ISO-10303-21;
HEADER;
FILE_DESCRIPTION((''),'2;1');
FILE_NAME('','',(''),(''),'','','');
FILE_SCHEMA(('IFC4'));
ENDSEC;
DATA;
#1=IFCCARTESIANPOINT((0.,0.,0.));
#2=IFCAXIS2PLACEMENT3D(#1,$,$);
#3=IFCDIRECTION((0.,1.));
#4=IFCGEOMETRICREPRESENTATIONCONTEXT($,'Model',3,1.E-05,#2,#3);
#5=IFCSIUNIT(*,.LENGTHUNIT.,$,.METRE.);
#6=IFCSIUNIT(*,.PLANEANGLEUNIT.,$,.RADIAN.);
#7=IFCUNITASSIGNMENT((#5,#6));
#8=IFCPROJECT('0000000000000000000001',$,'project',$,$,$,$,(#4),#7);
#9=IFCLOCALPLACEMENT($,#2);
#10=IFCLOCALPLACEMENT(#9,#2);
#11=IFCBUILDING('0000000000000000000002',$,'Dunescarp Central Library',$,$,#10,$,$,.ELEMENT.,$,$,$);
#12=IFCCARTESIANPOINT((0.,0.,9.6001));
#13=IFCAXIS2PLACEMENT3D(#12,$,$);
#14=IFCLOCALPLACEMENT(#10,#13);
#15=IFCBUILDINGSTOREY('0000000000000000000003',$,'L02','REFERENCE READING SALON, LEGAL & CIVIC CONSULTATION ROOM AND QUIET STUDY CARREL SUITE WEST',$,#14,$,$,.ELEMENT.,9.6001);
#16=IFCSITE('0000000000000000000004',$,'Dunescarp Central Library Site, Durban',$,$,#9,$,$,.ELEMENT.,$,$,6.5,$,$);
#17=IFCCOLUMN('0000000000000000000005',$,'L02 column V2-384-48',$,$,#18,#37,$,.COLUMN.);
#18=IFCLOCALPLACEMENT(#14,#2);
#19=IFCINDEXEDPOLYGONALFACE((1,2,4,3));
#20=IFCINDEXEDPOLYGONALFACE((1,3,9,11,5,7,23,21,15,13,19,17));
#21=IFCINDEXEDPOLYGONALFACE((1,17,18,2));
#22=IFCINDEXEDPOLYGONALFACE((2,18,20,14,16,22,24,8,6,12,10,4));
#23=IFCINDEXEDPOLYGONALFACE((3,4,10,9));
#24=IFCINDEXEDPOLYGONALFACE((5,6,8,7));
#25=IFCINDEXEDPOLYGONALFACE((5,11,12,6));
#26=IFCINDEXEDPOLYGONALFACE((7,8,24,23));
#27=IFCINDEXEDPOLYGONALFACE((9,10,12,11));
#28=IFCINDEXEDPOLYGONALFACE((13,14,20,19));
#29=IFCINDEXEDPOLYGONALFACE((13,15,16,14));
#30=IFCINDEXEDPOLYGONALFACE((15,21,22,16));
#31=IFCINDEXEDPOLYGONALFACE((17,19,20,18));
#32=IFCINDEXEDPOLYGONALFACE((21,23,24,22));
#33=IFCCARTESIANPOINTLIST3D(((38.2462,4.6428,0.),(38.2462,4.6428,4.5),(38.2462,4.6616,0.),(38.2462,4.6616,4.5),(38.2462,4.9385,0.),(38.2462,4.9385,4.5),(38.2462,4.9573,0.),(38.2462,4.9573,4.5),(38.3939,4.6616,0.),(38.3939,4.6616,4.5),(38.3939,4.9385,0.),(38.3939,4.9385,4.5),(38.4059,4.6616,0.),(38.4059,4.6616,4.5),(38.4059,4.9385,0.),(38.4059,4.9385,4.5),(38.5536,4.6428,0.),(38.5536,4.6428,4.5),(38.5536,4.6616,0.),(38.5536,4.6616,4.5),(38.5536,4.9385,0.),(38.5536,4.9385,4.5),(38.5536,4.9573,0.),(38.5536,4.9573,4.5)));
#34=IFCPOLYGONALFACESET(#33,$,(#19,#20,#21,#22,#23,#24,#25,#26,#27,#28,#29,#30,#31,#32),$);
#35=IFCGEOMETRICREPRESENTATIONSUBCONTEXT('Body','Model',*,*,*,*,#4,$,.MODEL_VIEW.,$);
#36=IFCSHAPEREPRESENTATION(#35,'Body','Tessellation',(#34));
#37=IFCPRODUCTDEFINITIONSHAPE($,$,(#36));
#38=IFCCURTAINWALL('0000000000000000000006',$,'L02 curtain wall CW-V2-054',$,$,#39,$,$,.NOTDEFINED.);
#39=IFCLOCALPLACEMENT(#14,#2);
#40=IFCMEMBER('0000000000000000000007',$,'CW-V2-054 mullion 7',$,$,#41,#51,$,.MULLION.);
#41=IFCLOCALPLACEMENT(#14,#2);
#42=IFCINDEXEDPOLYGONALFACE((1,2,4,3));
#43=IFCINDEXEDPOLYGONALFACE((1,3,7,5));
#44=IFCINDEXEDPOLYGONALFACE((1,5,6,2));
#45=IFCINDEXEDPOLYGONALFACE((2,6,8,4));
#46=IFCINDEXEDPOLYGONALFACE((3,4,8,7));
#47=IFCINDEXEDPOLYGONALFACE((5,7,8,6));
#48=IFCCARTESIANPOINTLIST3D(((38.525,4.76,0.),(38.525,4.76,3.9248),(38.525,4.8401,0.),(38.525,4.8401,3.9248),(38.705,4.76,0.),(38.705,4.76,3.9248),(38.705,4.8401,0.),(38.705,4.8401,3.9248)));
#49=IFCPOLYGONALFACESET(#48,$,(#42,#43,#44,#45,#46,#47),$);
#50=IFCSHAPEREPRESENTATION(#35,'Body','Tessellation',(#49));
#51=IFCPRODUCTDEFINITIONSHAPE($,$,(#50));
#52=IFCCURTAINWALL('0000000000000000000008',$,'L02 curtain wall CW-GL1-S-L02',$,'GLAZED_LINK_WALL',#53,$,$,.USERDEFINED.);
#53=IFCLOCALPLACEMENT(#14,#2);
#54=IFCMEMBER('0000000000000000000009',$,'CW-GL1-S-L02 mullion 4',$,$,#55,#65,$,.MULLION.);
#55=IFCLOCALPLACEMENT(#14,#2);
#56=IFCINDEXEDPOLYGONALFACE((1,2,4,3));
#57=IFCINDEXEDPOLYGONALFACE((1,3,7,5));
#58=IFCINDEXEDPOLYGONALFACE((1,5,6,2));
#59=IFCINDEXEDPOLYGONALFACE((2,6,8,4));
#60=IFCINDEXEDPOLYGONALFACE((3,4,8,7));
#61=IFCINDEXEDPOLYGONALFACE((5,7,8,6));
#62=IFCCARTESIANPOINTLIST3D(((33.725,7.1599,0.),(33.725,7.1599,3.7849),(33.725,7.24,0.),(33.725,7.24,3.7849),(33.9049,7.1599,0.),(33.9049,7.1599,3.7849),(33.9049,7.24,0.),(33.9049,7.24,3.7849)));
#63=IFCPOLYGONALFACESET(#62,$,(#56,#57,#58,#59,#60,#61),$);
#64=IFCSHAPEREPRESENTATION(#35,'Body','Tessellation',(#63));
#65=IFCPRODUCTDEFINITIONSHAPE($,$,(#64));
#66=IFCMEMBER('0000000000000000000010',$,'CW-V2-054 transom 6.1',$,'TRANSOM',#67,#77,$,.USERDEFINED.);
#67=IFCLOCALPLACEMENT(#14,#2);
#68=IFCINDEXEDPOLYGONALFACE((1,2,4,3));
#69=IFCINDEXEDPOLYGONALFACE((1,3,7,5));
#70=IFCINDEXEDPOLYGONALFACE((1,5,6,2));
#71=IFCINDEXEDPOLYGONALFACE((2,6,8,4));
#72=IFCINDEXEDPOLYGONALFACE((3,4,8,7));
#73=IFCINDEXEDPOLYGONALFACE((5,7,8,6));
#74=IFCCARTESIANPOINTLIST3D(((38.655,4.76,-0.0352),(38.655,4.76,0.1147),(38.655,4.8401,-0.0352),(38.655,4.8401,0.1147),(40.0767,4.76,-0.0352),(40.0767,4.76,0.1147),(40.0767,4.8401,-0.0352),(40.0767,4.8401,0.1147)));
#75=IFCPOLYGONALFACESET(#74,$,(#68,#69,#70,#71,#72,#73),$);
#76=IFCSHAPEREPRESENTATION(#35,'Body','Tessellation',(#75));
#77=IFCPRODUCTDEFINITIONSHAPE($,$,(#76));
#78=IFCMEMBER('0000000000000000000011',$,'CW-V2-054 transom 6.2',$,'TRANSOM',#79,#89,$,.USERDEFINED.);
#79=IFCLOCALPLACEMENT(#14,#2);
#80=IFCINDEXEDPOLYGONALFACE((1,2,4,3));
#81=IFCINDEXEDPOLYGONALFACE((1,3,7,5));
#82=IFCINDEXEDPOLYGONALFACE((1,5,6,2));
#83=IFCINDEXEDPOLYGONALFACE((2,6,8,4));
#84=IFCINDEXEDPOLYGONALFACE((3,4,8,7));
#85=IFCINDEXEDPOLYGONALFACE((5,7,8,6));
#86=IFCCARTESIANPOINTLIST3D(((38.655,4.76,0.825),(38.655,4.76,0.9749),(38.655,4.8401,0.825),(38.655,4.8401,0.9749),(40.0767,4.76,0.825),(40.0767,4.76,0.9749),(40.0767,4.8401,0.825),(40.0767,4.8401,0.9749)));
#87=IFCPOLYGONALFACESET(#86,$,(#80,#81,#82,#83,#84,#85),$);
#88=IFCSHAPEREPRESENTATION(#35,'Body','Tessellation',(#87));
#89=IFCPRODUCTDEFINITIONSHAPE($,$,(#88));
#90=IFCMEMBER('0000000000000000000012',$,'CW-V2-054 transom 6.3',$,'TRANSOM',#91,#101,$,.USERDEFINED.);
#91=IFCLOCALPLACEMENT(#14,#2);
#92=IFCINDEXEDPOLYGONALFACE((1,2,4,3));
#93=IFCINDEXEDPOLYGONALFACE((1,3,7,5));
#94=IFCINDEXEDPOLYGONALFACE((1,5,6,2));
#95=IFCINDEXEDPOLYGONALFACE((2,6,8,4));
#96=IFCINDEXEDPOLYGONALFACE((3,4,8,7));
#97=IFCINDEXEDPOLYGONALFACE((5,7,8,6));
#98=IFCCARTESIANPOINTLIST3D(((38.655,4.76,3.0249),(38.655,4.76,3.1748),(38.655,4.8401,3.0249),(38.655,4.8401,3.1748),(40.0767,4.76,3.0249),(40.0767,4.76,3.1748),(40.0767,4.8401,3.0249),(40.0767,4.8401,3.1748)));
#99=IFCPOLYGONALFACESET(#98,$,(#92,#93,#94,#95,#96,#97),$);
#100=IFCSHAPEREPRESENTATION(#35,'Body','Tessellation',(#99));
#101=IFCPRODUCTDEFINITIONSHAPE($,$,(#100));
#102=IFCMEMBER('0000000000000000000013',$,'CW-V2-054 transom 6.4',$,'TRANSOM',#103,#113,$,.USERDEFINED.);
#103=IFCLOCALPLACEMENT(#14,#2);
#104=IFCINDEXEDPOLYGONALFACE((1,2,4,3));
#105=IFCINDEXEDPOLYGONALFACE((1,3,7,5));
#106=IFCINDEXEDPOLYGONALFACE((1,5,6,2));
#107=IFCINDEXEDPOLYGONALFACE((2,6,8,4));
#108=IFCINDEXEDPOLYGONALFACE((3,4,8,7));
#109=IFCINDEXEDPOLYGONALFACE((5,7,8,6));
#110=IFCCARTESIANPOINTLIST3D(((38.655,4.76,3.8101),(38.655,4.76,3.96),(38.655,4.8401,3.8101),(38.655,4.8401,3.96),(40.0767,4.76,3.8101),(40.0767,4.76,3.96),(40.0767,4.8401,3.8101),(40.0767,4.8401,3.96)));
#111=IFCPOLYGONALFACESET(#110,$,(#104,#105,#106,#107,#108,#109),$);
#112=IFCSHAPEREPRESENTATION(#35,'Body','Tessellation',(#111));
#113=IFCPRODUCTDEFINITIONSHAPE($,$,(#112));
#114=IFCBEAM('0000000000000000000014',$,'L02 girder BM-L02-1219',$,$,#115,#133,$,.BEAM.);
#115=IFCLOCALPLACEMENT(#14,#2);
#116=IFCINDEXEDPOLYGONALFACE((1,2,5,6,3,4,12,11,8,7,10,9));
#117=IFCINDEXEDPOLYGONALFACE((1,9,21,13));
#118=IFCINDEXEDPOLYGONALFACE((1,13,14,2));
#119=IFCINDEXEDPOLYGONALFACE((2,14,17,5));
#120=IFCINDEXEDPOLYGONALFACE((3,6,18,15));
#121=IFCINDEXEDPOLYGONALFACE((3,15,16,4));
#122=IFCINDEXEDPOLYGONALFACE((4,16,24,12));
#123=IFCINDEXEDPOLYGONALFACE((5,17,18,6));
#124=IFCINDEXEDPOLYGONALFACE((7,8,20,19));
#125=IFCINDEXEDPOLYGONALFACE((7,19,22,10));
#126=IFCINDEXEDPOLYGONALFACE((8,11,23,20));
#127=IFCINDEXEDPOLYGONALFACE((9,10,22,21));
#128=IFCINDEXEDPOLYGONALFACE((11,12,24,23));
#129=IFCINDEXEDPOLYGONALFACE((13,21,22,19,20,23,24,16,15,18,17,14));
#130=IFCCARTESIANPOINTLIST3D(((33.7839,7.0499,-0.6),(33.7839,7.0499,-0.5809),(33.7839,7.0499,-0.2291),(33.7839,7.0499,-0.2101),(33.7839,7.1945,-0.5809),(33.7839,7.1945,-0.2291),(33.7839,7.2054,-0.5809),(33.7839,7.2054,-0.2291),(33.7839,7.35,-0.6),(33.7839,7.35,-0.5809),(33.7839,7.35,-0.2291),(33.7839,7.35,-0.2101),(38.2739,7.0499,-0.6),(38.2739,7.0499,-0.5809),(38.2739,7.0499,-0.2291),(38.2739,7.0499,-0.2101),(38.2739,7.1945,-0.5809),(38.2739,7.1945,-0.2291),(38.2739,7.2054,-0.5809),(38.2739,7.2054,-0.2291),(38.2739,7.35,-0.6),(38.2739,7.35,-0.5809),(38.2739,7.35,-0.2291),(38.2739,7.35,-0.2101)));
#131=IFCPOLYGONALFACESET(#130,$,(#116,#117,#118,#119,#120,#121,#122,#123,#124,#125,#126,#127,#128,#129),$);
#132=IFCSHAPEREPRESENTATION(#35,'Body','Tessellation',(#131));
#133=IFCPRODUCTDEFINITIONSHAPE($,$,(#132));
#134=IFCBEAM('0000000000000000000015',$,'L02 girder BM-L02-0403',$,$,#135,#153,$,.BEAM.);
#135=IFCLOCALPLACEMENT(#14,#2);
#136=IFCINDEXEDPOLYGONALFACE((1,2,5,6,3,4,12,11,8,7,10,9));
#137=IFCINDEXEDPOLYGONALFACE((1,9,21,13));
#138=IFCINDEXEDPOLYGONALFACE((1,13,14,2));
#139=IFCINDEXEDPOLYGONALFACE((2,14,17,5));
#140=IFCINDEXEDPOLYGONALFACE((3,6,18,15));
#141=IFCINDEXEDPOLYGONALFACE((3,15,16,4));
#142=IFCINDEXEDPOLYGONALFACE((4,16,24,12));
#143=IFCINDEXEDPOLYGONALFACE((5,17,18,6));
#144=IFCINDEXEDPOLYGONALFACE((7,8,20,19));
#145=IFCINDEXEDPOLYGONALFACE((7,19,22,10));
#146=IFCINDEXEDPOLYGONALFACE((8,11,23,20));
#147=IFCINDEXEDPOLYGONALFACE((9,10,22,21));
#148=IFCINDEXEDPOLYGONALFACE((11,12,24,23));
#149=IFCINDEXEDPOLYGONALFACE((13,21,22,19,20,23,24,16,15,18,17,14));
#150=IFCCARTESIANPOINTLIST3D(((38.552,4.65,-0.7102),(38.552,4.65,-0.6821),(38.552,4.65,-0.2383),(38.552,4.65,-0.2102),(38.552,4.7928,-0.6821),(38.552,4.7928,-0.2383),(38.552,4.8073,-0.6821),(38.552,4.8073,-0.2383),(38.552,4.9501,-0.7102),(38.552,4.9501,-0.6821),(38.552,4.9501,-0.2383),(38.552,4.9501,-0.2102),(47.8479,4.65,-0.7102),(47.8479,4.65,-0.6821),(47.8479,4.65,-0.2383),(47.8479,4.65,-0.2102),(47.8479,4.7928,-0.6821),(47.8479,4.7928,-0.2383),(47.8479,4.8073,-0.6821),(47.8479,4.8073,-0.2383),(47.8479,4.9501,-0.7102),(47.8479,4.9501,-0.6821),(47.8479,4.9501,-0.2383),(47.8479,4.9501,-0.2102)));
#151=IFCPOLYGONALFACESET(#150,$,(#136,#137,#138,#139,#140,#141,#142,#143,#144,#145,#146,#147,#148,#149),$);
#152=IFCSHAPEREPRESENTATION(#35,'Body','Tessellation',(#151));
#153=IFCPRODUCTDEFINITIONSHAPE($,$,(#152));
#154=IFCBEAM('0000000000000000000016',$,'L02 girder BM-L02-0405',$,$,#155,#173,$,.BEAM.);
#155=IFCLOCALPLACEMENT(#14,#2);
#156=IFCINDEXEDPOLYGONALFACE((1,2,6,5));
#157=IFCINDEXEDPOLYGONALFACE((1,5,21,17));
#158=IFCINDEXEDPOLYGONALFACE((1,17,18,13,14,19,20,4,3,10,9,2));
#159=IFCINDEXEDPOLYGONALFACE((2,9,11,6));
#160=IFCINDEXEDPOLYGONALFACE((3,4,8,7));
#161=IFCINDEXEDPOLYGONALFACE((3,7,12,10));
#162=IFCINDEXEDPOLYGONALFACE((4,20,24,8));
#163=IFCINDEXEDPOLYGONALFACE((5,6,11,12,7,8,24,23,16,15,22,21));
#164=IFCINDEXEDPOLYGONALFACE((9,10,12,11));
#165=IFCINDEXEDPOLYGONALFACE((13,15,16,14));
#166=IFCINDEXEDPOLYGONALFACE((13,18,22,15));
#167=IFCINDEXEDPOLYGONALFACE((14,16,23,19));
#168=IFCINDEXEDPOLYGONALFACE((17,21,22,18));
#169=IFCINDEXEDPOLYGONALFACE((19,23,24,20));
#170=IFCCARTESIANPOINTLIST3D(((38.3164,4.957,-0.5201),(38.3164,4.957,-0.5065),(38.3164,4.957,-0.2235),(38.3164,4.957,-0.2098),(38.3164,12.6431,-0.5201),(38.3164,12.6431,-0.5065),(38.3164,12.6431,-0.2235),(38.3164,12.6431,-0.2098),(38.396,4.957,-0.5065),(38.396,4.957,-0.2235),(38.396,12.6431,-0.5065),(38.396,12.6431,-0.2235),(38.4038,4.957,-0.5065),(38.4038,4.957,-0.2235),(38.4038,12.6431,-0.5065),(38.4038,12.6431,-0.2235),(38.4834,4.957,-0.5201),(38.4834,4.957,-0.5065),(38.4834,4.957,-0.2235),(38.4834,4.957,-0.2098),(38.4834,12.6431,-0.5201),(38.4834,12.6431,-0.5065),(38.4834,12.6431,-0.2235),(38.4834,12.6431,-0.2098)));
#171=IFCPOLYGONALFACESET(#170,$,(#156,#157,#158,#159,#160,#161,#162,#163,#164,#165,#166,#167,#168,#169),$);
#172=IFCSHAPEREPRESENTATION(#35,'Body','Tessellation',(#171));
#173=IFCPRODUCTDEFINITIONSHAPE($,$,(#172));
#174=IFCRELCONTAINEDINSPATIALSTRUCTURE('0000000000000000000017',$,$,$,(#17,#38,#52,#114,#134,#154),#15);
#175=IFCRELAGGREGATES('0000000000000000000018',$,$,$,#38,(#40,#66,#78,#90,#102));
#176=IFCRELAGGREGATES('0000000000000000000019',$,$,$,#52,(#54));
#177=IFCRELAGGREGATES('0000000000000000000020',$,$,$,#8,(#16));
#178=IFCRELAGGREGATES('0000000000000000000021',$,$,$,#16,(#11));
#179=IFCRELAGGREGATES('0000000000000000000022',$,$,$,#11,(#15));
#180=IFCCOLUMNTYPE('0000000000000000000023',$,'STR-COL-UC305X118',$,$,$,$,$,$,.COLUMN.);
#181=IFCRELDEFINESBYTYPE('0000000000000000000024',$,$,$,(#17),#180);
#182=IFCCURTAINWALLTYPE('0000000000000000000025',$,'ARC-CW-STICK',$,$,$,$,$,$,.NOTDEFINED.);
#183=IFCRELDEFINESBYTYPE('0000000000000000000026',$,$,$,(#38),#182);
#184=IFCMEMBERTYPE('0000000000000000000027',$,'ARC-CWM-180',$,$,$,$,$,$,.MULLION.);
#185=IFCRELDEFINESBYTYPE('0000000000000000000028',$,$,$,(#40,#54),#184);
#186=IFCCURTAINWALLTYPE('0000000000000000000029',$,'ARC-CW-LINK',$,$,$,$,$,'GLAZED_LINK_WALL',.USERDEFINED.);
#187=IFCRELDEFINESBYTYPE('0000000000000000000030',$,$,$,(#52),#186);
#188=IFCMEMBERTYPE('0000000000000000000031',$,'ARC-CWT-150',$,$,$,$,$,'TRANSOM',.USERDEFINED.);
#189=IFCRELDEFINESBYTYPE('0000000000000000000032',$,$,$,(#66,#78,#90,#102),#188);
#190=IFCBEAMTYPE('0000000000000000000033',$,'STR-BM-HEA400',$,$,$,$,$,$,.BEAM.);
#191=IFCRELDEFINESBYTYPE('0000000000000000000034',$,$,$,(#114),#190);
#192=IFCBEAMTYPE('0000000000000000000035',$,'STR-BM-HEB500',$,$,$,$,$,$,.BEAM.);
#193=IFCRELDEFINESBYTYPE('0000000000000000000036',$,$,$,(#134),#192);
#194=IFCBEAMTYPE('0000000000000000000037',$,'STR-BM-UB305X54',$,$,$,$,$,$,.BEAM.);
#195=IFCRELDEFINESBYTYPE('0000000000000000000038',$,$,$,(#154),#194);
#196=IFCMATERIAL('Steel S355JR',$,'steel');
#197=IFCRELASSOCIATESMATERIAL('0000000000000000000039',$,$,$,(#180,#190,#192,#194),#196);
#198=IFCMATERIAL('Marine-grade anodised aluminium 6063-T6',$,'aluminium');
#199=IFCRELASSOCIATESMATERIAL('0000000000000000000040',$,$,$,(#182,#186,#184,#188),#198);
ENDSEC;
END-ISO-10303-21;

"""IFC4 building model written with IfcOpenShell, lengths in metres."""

from ifc_helpers import new_model, si_unit, direction, frame, origin, origin_2d, place, context, subcontext, project, spatial, rectangle, i_section, extrude, material, material_profile, profile_set, type_object, element, aggregate, save


model = new_model("IFC4")

# Units and contexts
model_context = context("Model", 3, precision=1e-05, world=origin(), true_north=direction((0.0, 1.0)))
body_context = subcontext(model_context, "Body", "Model", "MODEL_VIEW")
ifc_project = project(units=[si_unit("LENGTHUNIT", "METRE"), si_unit("PLANEANGLEUNIT", "RADIAN")], contexts=[model_context])

# Site, building, storey
site_placement = place(None, origin())
site = spatial("IfcSite", under=ifc_project, at=site_placement, Name="Dunescarp Central Library Site, Durban", CompositionType="ELEMENT", RefElevation=6.5)
building_placement = place(site_placement, origin())
building = spatial("IfcBuilding", under=site, at=building_placement, Name="Dunescarp Central Library", CompositionType="ELEMENT")
storey_placement = place(building_placement, frame((0.0, 0.0, 9.6001)))
storey = spatial("IfcBuildingStorey", under=building, at=storey_placement, Name="L02", Description="REFERENCE READING SALON, LEGAL & CIVIC CONSULTATION ROOM AND QUIET STUDY CARREL SUITE WEST", CompositionType="ELEMENT", Elevation=9.6001)

# Column
ifc_material_1 = material(Name="Steel S355JR", Category="steel")
ifc_material_profile_1 = material_profile(ifc_material_1, i_section(OverallWidth=0.3074, OverallDepth=0.3145, WebThickness=0.012, FlangeThickness=0.0188, at=origin_2d()), Name="UC 305x305x118")
ifc_profile_set_1 = profile_set([ifc_material_profile_1], Name="Steel S355JR")
column_type = type_object("IfcColumnType", Name="STR-COL-UC305X118", PredefinedType="COLUMN", material=ifc_profile_set_1)
column_placement = place(storey_placement, frame((38.3999, 4.8, 0.0), z_axis=(0.0, 0.0, 1.0), x_axis=(1.0, 0.0, 0.0)))
element("IfcColumn", 1, at=column_placement, inside=storey, type_object=column_type, Name="L02 column V2-384-48", PredefinedType="COLUMN", context=body_context, shape_type="SweptSolid", body=[
    extrude(i_section(OverallWidth=0.3074, OverallDepth=0.3145, WebThickness=0.012, FlangeThickness=0.0188, at=origin_2d()), origin(), (0.0, 0.0, 1.0), 4.5),
])

# Curtain walls, members
ifc_material_2 = material(Name="Marine-grade anodised aluminium 6063-T6", Category="aluminium")
curtain_wall_type_1 = type_object("IfcCurtainWallType", Name="ARC-CW-STICK", PredefinedType="NOTDEFINED", material=ifc_material_2)
curtain_wall_1_placement = place(storey_placement, origin())
curtain_wall_1 = element("IfcCurtainWall", 2, at=curtain_wall_1_placement, inside=storey, type_object=curtain_wall_type_1, Name="L02 curtain wall CW-V2-054", PredefinedType="NOTDEFINED")
ifc_material_profile_2 = material_profile(ifc_material_2, rectangle(XDim=0.0801, YDim=0.1799, at=origin_2d()), Name="AL 80x180")
ifc_profile_set_2 = profile_set([ifc_material_profile_2], Name="Marine-grade anodised aluminium 6063-T6")
member_type_1 = type_object("IfcMemberType", Name="ARC-CWM-180", PredefinedType="MULLION", material=ifc_profile_set_2)
member_1_placement = place(storey_placement, frame((38.615, 4.8, 0.0), z_axis=(0.0, 0.0, 1.0), x_axis=(0.0, -1.0, 0.0)))
member_1 = element("IfcMember", 3, at=member_1_placement, type_object=member_type_1, Name="CW-V2-054 mullion 7", PredefinedType="MULLION", context=body_context, shape_type="SweptSolid", body=[
    extrude(rectangle(XDim=0.0801, YDim=0.1799, at=origin_2d()), origin(), (0.0, 0.0, 1.0), 3.9248),
])
curtain_wall_type_2 = type_object("IfcCurtainWallType", Name="ARC-CW-LINK", ElementType="GLAZED_LINK_WALL", PredefinedType="USERDEFINED", material=ifc_material_2)
curtain_wall_2_placement = place(storey_placement, origin())
curtain_wall_2 = element("IfcCurtainWall", 4, at=curtain_wall_2_placement, inside=storey, type_object=curtain_wall_type_2, Name="L02 curtain wall CW-GL1-S-L02", ObjectType="GLAZED_LINK_WALL", PredefinedType="USERDEFINED")
member_2_placement = place(storey_placement, frame((33.8149, 7.2, 0.0), z_axis=(0.0, 0.0, 1.0), x_axis=(0.0, -1.0, 0.0)))
member_2 = element("IfcMember", 5, at=member_2_placement, type_object=member_type_1, Name="CW-GL1-S-L02 mullion 4", PredefinedType="MULLION", context=body_context, shape_type="SweptSolid", body=[
    extrude(rectangle(XDim=0.0801, YDim=0.1799, at=origin_2d()), origin(), (0.0, 0.0, 1.0), 3.7849),
])

# Members
ifc_material_profile_3 = material_profile(ifc_material_2, rectangle(XDim=0.0801, YDim=0.1499, at=origin_2d()), Name="AL 80x150")
ifc_profile_set_3 = profile_set([ifc_material_profile_3], Name="Marine-grade anodised aluminium 6063-T6")
member_type_2 = type_object("IfcMemberType", Name="ARC-CWT-150", ElementType="TRANSOM", PredefinedType="USERDEFINED", material=ifc_profile_set_3)
member_3_placement = place(storey_placement, frame((40.0767, 4.8, 0.0398), z_axis=(-1.0, 0.0, 0.0), x_axis=(0.0, -1.0, 0.0)))
member_3 = element("IfcMember", 6, at=member_3_placement, type_object=member_type_2, Name="CW-V2-054 transom 6.1", ObjectType="TRANSOM", PredefinedType="USERDEFINED", context=body_context, shape_type="SweptSolid", body=[
    extrude(rectangle(XDim=0.0801, YDim=0.1499, at=origin_2d()), origin(), (0.0, 0.0, 1.0), 1.4216),
])
member_4_placement = place(storey_placement, frame((40.0767, 4.8, 0.8999), z_axis=(-1.0, 0.0, 0.0), x_axis=(0.0, -1.0, 0.0)))
member_4 = element("IfcMember", 7, at=member_4_placement, type_object=member_type_2, Name="CW-V2-054 transom 6.2", ObjectType="TRANSOM", PredefinedType="USERDEFINED", context=body_context, shape_type="SweptSolid", body=[
    extrude(rectangle(XDim=0.0801, YDim=0.1499, at=origin_2d()), origin(), (0.0, 0.0, 1.0), 1.4216),
])
member_5_placement = place(storey_placement, frame((40.0767, 4.8, 3.0999), z_axis=(-1.0, 0.0, 0.0), x_axis=(0.0, -1.0, 0.0)))
member_5 = element("IfcMember", 8, at=member_5_placement, type_object=member_type_2, Name="CW-V2-054 transom 6.3", ObjectType="TRANSOM", PredefinedType="USERDEFINED", context=body_context, shape_type="SweptSolid", body=[
    extrude(rectangle(XDim=0.0801, YDim=0.1499, at=origin_2d()), origin(), (0.0, 0.0, 1.0), 1.4216),
])
member_6_placement = place(storey_placement, frame((40.0767, 4.8, 3.885), z_axis=(-1.0, 0.0, 0.0), x_axis=(0.0, -1.0, 0.0)))
member_6 = element("IfcMember", 9, at=member_6_placement, type_object=member_type_2, Name="CW-V2-054 transom 6.4", ObjectType="TRANSOM", PredefinedType="USERDEFINED", context=body_context, shape_type="SweptSolid", body=[
    extrude(rectangle(XDim=0.0801, YDim=0.1499, at=origin_2d()), origin(), (0.0, 0.0, 1.0), 1.4216),
])

# Beams
ifc_material_profile_4 = material_profile(ifc_material_1, i_section(OverallWidth=0.3, OverallDepth=0.3899, WebThickness=0.011, FlangeThickness=0.019, at=origin_2d()), Name="HEA 400")
ifc_profile_set_4 = profile_set([ifc_material_profile_4], Name="Steel S355JR")
beam_type_1 = type_object("IfcBeamType", Name="STR-BM-HEA400", PredefinedType="BEAM", material=ifc_profile_set_4)
beam_1_placement = place(storey_placement, frame((33.7839, 7.2, -0.405), z_axis=(1.0, 0.0, 0.0), x_axis=(0.0, 1.0, 0.0)))
element("IfcBeam", 10, at=beam_1_placement, inside=storey, type_object=beam_type_1, Name="L02 girder BM-L02-1219", PredefinedType="BEAM", context=body_context, shape_type="SweptSolid", body=[
    extrude(i_section(OverallWidth=0.3, OverallDepth=0.3899, WebThickness=0.011, FlangeThickness=0.019, at=origin_2d()), origin(), (0.0, 0.0, 1.0), 4.49),
])
ifc_material_profile_5 = material_profile(ifc_material_1, i_section(OverallWidth=0.3, OverallDepth=0.5, WebThickness=0.0144, FlangeThickness=0.0281, at=origin_2d()), Name="HEB 500")
ifc_profile_set_5 = profile_set([ifc_material_profile_5], Name="Steel S355JR")
beam_type_2 = type_object("IfcBeamType", Name="STR-BM-HEB500", PredefinedType="BEAM", material=ifc_profile_set_5)
beam_2_placement = place(storey_placement, frame((38.552, 4.8, -0.4602), z_axis=(1.0, 0.0, 0.0), x_axis=(0.0, 1.0, 0.0)))
element("IfcBeam", 11, at=beam_2_placement, inside=storey, type_object=beam_type_2, Name="L02 girder BM-L02-0403", PredefinedType="BEAM", context=body_context, shape_type="SweptSolid", body=[
    extrude(i_section(OverallWidth=0.3, OverallDepth=0.5, WebThickness=0.0144, FlangeThickness=0.0281, at=origin_2d()), origin(), (0.0, 0.0, 1.0), 9.2959),
])
ifc_material_profile_6 = material_profile(ifc_material_1, i_section(OverallWidth=0.167, OverallDepth=0.3103, WebThickness=0.0078, FlangeThickness=0.0137, at=origin_2d()), Name="UB 305x165x54")
ifc_profile_set_6 = profile_set([ifc_material_profile_6], Name="Steel S355JR")
beam_type_3 = type_object("IfcBeamType", Name="STR-BM-UB305X54", PredefinedType="BEAM", material=ifc_profile_set_6)
beam_3_placement = place(storey_placement, frame((38.3999, 4.957, -0.365), z_axis=(0.0, 1.0, 0.0), x_axis=(-1.0, 0.0, 0.0)))
element("IfcBeam", 12, at=beam_3_placement, inside=storey, type_object=beam_type_3, Name="L02 girder BM-L02-0405", PredefinedType="BEAM", context=body_context, shape_type="SweptSolid", body=[
    extrude(i_section(OverallWidth=0.167, OverallDepth=0.3103, WebThickness=0.0078, FlangeThickness=0.0137, at=origin_2d()), origin(), (0.0, 0.0, 1.0), 7.686),
])

aggregate(curtain_wall_1, [member_1, member_3, member_4, member_5, member_6])
aggregate(curtain_wall_2, [member_2])

save(model, "model.ifc")
